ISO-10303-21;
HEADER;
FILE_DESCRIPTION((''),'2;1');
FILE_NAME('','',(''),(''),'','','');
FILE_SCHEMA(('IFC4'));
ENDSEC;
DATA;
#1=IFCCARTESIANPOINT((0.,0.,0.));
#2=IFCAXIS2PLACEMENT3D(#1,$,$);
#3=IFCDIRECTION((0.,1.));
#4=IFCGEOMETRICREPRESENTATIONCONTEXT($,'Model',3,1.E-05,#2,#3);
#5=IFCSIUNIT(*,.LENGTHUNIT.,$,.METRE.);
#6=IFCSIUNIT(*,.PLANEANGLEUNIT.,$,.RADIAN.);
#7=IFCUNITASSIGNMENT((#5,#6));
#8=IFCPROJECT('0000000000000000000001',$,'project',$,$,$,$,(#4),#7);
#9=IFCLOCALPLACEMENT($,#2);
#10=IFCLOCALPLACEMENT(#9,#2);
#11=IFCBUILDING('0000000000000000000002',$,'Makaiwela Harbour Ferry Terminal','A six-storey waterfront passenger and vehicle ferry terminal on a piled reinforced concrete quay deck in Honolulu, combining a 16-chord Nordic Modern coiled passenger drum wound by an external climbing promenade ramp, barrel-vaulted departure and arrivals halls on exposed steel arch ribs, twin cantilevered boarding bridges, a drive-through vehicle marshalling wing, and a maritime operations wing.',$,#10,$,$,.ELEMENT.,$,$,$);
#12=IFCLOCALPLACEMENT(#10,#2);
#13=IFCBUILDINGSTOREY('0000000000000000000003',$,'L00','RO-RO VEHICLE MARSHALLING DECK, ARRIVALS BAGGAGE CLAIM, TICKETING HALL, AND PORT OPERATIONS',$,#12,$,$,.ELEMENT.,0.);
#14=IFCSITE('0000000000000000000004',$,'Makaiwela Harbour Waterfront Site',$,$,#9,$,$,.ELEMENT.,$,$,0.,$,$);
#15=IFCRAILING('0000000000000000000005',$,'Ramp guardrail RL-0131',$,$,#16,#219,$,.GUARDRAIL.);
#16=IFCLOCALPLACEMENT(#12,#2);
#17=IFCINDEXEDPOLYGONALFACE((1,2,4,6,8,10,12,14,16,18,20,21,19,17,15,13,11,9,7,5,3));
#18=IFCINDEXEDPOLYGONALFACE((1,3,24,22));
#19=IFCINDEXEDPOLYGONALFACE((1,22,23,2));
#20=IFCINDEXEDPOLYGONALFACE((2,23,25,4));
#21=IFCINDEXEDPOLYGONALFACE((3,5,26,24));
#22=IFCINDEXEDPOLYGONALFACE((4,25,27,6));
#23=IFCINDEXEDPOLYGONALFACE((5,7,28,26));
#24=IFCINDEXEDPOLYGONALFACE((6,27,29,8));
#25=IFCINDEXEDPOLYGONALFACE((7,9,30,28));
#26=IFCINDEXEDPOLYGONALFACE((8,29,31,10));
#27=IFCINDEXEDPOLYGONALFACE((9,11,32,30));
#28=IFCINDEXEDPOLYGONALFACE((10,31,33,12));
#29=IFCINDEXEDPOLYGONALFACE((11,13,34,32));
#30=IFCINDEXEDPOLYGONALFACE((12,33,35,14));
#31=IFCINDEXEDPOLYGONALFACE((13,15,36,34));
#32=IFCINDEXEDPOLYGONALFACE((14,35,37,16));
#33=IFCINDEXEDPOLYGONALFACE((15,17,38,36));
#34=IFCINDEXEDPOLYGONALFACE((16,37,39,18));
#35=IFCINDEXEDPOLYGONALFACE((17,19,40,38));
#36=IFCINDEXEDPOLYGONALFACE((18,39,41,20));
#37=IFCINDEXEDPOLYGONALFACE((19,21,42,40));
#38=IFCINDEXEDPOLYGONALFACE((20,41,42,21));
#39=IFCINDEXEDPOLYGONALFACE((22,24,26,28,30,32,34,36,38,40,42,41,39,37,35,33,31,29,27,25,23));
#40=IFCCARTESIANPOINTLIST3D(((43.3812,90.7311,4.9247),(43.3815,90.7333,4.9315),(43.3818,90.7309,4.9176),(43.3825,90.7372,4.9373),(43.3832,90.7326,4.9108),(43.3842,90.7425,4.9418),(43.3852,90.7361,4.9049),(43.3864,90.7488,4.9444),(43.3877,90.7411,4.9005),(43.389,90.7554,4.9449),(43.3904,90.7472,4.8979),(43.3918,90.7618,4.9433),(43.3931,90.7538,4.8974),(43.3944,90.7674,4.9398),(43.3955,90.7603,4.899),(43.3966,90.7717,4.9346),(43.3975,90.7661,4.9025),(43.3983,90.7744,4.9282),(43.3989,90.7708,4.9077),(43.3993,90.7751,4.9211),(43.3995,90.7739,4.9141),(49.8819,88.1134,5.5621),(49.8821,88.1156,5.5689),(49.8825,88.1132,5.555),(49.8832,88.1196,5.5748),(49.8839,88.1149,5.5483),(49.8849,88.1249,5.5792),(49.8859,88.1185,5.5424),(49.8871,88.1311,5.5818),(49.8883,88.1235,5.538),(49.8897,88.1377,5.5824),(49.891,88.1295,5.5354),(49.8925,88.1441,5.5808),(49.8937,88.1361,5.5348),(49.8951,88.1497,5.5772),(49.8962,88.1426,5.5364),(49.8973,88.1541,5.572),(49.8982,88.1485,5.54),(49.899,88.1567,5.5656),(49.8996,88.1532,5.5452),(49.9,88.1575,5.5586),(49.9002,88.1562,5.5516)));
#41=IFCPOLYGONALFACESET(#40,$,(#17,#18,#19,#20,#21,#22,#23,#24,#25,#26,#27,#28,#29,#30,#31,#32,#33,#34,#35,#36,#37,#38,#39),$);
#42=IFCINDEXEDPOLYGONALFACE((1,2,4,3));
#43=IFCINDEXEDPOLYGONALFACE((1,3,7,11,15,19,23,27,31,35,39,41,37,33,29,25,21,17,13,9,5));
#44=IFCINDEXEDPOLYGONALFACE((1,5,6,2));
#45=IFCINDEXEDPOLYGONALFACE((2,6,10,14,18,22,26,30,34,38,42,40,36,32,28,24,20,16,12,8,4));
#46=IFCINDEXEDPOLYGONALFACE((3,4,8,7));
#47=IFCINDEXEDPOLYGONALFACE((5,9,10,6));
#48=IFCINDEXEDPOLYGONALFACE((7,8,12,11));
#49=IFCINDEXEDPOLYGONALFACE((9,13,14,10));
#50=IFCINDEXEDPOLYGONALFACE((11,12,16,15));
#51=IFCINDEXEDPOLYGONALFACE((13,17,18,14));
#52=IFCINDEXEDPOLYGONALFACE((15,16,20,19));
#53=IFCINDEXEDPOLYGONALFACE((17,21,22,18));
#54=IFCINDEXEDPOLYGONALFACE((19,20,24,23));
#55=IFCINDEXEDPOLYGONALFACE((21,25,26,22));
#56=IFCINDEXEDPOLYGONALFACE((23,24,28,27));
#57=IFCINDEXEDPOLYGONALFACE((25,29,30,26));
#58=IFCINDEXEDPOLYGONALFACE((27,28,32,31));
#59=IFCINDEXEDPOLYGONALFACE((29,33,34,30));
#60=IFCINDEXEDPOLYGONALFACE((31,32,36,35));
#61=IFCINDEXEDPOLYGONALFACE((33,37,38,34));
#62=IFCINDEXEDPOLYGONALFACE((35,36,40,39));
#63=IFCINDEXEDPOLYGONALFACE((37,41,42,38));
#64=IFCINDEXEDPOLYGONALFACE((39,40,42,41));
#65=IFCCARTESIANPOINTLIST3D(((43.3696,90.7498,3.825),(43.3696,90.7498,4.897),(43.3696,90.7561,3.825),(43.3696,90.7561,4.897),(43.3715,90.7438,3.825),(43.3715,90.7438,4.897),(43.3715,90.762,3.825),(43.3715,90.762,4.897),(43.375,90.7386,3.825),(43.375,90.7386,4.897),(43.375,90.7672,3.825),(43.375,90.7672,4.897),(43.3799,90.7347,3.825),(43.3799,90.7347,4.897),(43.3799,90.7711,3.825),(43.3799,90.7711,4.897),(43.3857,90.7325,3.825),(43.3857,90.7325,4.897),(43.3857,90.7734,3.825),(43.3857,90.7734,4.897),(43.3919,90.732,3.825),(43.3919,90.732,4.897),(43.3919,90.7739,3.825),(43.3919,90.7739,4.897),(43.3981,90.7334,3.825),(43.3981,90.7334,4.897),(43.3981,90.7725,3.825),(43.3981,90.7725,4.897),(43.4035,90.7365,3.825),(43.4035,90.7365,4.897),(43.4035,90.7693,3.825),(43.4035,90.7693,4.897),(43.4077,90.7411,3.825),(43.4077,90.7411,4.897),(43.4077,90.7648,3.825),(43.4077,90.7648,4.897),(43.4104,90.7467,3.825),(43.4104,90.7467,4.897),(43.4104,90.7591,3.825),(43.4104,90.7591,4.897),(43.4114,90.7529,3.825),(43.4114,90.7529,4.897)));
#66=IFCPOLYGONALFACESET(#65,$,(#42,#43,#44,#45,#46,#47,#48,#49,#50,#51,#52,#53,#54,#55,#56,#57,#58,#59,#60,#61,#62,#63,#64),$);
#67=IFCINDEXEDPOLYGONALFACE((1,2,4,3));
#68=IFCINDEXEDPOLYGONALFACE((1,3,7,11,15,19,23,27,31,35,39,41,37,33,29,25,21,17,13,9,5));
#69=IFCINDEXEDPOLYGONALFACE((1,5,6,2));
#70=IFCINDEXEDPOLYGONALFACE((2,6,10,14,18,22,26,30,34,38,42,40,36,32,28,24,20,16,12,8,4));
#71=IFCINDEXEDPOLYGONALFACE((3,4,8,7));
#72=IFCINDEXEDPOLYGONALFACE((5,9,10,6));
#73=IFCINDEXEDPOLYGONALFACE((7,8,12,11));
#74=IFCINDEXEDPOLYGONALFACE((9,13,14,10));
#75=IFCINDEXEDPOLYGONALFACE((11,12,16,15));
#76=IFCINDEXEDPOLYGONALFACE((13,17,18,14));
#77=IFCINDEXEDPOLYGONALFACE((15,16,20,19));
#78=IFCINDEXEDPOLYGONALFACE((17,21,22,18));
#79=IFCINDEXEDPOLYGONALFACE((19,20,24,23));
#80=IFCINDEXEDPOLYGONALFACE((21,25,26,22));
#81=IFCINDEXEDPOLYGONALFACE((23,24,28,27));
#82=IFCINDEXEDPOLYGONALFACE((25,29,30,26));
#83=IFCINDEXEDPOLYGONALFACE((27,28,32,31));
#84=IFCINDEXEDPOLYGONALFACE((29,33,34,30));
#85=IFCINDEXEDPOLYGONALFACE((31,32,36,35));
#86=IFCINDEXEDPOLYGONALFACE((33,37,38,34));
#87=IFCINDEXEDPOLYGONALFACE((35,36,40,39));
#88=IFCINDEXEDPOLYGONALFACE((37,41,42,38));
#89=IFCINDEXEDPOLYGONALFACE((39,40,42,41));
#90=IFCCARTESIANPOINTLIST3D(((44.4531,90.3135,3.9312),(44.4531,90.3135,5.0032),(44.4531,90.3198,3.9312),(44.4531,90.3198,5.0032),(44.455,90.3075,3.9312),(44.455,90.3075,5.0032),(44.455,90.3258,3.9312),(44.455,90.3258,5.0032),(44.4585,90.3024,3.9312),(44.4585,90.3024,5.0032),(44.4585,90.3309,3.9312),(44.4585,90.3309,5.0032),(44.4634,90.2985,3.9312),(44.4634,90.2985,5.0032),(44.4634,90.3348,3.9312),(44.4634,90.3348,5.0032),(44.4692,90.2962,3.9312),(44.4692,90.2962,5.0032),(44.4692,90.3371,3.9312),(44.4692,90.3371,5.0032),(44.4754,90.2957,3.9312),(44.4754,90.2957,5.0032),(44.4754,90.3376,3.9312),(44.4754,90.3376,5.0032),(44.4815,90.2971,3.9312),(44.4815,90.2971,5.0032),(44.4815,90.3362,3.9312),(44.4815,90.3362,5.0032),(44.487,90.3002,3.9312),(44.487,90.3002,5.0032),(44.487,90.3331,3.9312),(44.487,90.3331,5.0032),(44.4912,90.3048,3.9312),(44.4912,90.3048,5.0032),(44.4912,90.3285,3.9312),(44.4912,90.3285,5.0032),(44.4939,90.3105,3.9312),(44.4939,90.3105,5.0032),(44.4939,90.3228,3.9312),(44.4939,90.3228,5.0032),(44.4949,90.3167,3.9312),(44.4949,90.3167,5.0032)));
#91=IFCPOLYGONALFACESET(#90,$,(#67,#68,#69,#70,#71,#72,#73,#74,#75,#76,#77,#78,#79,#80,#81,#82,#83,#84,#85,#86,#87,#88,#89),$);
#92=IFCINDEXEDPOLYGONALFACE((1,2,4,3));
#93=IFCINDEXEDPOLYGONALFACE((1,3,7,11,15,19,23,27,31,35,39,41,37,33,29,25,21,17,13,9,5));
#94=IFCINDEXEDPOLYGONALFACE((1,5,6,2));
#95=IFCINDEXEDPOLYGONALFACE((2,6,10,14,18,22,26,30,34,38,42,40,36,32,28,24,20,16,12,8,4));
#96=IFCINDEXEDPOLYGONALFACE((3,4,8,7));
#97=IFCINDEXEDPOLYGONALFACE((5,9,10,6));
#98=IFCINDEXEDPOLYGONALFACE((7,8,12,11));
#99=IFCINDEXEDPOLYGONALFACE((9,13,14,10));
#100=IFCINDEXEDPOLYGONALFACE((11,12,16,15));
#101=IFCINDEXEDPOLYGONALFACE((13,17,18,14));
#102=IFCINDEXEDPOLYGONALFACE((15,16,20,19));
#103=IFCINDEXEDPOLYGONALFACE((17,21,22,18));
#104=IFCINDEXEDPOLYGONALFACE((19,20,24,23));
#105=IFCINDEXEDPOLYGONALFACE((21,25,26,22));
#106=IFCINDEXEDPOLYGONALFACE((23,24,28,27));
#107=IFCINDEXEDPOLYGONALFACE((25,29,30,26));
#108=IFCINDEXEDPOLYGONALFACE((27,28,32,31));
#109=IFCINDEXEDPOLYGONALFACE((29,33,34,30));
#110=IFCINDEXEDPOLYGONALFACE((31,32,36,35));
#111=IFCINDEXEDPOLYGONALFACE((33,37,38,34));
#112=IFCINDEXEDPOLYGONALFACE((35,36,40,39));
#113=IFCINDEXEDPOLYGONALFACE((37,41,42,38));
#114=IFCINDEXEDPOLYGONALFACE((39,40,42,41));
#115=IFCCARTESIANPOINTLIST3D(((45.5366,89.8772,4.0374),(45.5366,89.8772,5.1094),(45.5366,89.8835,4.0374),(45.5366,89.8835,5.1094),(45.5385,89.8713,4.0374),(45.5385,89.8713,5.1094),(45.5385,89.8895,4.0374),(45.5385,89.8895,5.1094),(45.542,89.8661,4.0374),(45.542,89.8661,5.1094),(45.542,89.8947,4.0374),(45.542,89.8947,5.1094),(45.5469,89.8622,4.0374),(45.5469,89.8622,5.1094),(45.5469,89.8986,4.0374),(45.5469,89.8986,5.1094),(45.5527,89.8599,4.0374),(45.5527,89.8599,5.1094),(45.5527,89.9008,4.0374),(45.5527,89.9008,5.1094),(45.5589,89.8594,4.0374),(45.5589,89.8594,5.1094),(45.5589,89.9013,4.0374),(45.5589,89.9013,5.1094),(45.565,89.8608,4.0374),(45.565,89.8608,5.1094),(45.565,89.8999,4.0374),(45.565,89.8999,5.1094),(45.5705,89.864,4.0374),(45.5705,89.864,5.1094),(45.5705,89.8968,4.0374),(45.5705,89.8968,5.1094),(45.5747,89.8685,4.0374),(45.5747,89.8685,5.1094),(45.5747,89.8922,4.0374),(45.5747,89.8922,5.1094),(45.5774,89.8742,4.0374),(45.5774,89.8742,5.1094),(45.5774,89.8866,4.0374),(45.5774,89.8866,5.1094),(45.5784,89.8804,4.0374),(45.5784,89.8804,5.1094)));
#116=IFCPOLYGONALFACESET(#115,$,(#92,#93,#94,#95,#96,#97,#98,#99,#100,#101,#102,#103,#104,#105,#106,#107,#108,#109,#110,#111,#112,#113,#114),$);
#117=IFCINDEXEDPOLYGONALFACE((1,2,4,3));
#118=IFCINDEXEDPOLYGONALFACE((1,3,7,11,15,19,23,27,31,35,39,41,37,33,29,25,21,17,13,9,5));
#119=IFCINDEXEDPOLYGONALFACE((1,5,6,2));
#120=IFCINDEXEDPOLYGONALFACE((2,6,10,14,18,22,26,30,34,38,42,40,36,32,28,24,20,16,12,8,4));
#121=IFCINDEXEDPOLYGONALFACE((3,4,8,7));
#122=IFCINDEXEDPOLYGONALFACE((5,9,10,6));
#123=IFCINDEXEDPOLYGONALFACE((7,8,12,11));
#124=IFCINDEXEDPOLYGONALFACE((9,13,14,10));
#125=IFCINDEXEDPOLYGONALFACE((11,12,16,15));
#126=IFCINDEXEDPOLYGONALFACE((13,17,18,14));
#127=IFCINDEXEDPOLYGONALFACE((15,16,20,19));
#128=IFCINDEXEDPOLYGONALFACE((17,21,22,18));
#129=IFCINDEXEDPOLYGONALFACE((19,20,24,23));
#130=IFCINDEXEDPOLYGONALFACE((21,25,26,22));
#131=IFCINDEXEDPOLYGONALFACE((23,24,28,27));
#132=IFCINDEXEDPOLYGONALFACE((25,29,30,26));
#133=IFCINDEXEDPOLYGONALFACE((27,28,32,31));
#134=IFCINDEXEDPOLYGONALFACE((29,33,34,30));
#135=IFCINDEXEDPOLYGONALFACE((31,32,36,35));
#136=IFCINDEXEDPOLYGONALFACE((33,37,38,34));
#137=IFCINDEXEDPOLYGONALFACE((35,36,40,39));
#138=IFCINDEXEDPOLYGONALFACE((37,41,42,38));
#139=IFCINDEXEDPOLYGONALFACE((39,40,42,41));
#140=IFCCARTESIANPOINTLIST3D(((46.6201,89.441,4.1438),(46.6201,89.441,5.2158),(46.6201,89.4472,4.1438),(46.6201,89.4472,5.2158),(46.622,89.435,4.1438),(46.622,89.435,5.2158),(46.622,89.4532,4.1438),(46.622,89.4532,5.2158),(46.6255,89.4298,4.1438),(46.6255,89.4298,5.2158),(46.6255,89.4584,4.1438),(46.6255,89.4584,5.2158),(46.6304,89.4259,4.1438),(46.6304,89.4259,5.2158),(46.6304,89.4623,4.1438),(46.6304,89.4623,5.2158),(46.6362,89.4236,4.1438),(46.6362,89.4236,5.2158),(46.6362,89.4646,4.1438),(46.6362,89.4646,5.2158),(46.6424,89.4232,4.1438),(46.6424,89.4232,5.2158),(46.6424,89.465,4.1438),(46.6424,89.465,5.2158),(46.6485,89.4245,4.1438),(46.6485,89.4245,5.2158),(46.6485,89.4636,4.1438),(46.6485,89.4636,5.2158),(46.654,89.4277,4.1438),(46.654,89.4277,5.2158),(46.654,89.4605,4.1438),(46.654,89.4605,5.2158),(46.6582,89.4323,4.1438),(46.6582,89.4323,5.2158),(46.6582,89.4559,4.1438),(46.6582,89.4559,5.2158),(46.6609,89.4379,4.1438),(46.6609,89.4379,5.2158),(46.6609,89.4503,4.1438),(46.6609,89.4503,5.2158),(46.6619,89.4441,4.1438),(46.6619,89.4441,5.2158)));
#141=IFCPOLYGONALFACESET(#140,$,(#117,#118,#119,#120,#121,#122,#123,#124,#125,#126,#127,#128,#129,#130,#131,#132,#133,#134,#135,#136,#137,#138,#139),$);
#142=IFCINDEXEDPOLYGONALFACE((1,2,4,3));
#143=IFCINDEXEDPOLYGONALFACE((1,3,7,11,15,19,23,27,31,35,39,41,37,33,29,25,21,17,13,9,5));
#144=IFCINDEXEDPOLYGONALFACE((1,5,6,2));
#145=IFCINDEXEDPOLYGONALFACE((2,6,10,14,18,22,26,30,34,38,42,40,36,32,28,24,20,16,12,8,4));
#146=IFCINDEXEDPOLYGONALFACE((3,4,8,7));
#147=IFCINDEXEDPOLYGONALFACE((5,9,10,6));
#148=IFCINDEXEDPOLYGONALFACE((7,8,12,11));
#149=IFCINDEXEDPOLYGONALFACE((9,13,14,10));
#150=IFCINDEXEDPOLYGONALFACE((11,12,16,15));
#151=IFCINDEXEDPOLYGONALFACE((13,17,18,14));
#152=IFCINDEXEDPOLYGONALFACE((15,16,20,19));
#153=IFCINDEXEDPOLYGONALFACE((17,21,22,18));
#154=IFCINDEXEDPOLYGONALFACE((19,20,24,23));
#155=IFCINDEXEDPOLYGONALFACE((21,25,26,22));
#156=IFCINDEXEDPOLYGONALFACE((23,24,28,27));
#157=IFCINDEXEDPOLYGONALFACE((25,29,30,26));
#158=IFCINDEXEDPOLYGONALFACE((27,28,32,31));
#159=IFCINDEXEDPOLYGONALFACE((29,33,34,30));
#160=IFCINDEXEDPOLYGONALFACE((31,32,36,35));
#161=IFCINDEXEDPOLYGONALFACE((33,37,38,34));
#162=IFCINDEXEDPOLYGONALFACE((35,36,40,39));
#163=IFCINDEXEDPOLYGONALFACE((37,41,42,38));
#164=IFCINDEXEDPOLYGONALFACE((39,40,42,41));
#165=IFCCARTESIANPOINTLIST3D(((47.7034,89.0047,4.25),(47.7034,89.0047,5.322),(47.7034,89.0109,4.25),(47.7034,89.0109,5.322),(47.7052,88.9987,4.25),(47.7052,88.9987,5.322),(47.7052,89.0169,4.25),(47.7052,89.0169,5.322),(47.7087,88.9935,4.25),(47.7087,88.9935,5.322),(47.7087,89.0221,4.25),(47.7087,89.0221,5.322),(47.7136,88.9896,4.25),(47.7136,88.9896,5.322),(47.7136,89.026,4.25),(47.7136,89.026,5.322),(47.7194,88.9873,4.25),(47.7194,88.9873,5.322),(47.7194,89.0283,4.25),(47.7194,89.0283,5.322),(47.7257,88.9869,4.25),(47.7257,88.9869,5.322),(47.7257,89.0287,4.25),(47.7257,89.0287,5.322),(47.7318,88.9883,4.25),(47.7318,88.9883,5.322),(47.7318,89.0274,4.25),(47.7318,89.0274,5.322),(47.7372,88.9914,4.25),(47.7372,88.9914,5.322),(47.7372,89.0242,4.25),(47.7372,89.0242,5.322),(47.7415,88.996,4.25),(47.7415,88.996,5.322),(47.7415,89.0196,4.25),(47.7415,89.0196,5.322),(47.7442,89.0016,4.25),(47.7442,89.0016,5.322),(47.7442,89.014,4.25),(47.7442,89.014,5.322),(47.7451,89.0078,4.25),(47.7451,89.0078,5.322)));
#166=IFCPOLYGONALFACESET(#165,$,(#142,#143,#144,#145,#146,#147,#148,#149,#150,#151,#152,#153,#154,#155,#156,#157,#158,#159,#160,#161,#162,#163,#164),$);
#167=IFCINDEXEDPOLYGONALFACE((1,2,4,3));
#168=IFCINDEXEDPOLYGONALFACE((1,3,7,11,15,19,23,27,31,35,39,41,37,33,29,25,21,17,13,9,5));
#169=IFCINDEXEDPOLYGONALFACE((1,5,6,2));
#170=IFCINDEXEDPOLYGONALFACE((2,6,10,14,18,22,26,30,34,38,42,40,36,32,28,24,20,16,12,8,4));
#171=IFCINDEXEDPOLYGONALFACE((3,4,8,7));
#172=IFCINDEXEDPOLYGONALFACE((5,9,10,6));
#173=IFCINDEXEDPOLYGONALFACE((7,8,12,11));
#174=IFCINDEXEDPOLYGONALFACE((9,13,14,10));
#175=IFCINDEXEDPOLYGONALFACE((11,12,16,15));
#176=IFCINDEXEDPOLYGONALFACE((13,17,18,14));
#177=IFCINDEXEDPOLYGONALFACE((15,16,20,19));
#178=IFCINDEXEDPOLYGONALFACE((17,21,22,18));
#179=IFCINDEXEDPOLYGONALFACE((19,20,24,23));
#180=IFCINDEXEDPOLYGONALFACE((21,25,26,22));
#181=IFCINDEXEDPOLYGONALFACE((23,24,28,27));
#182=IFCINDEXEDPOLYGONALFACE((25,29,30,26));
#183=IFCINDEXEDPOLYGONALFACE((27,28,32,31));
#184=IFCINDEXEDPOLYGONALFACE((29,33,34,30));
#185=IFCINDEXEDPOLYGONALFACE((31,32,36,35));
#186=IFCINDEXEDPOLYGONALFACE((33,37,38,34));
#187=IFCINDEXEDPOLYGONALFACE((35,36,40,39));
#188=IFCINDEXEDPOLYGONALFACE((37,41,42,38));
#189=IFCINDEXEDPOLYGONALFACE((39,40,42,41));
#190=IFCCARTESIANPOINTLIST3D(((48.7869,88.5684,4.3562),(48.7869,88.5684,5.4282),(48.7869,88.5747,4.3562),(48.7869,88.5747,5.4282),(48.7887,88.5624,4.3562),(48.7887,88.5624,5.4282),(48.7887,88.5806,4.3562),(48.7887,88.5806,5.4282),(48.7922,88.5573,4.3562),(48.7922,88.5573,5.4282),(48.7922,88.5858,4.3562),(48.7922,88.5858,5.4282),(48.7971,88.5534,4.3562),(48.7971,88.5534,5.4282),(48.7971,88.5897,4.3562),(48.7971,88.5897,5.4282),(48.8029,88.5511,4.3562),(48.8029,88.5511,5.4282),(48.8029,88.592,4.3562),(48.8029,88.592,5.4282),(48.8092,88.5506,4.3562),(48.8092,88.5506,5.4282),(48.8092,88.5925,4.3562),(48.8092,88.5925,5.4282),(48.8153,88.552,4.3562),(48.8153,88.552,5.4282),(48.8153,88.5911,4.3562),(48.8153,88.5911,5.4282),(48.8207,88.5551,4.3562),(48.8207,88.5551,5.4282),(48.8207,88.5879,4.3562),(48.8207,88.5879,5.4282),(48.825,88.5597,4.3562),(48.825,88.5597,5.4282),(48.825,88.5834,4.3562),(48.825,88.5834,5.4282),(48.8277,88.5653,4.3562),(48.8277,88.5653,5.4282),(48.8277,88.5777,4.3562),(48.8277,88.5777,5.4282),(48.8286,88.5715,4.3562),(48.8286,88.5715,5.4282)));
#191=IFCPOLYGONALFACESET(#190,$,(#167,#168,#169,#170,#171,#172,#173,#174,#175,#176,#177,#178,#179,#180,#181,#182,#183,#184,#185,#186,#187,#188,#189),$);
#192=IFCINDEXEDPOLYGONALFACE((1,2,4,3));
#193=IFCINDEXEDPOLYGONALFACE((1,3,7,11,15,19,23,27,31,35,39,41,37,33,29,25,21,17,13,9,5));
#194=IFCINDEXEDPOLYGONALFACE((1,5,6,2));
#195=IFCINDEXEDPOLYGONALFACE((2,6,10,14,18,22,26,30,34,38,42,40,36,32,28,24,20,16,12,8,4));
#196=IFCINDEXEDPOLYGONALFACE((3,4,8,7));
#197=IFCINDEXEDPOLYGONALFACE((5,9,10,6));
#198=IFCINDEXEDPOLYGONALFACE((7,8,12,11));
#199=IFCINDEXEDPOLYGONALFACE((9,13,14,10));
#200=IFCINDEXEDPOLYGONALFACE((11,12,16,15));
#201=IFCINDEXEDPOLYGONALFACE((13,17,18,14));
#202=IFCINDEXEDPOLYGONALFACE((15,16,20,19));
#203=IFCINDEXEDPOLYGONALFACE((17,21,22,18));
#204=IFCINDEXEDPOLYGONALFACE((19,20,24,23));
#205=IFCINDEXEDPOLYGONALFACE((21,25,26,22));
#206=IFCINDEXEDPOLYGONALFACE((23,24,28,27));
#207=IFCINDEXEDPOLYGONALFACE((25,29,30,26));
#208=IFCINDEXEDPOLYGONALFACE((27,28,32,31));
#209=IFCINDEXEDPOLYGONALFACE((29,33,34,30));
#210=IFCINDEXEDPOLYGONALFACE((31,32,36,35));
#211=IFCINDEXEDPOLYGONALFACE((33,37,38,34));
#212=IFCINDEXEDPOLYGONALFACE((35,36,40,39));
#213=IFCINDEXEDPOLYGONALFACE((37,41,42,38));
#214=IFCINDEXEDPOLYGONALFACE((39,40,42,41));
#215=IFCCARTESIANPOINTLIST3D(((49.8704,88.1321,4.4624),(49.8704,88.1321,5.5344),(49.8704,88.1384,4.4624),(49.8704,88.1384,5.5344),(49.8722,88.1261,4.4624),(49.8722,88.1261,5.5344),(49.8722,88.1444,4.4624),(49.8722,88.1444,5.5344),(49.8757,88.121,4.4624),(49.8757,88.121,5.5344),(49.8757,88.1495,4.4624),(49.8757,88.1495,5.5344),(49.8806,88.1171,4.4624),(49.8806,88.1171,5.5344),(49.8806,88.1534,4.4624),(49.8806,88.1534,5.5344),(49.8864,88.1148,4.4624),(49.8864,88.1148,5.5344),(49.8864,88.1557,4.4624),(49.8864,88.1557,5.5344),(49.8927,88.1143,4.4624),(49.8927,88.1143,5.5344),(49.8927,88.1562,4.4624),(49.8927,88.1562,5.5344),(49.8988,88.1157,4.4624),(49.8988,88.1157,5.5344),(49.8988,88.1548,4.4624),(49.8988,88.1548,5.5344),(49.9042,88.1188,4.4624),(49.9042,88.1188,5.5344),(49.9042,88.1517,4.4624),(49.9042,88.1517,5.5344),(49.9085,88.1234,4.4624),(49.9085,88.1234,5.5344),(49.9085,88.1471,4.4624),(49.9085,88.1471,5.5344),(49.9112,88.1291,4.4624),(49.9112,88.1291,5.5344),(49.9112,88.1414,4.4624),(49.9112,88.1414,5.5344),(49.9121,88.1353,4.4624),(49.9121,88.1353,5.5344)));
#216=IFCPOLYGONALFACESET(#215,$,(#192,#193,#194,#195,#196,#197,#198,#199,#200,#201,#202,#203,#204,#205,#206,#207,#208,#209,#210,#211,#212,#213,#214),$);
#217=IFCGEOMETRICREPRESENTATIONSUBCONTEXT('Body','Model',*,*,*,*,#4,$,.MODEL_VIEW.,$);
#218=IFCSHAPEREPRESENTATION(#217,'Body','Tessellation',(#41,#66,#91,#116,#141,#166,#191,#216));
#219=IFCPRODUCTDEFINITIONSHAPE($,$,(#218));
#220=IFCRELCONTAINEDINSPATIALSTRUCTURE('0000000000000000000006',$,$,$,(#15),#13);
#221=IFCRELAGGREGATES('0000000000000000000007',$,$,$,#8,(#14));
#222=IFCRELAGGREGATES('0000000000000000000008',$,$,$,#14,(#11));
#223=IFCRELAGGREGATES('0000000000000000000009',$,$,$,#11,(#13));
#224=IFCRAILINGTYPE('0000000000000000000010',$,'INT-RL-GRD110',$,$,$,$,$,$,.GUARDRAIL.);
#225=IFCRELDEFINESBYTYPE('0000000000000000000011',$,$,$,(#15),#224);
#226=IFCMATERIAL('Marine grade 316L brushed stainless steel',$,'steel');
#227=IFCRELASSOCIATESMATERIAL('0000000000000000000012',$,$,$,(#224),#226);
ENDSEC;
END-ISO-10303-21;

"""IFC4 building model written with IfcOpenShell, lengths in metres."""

from ifc_helpers import new_model, si_unit, direction, frame, origin, origin_2d, place, context, subcontext, project, spatial, circle, extrude, material, type_object, element, save


model = new_model("IFC4")

# Units and contexts
model_context = context("Model", 3, precision=1e-05, world=origin(), true_north=direction((0.0, 1.0)))
body_context = subcontext(model_context, "Body", "Model", "MODEL_VIEW")
ifc_project = project(units=[si_unit("LENGTHUNIT", "METRE"), si_unit("PLANEANGLEUNIT", "RADIAN")], contexts=[model_context])

# Site, building, storey
site_placement = place(None, origin())
site = spatial("IfcSite", under=ifc_project, at=site_placement, Name="Makaiwela Harbour Waterfront Site", CompositionType="ELEMENT", RefElevation=0.0)
building_placement = place(site_placement, origin())
building = spatial("IfcBuilding", under=site, at=building_placement, Name="Makaiwela Harbour Ferry Terminal", Description="A six-storey waterfront passenger and vehicle ferry terminal on a piled reinforced concrete quay deck in Honolulu, combining a 16-chord Nordic Modern coiled passenger drum wound by an external climbing promenade ramp, barrel-vaulted departure and arrivals halls on exposed steel arch ribs, twin cantilevered boarding bridges, a drive-through vehicle marshalling wing, and a maritime operations wing.", CompositionType="ELEMENT")
storey_placement = place(building_placement, origin())
storey = spatial("IfcBuildingStorey", under=building, at=storey_placement, Name="L00", Description="RO-RO VEHICLE MARSHALLING DECK, ARRIVALS BAGGAGE CLAIM, TICKETING HALL, AND PORT OPERATIONS", CompositionType="ELEMENT", Elevation=0.0)

# Railing
ifc_material_1 = material(Name="Marine grade 316L brushed stainless steel", Category="steel")
railing_type_1 = type_object("IfcRailingType", Name="INT-RL-GRD110", PredefinedType="GUARDRAIL", material=ifc_material_1)
railing_1_placement = place(storey_placement, frame((43.3904, 90.7529, 3.825)))
element("IfcRailing", 1, at=railing_1_placement, inside=storey, type_object=railing_type_1, Name="Ramp guardrail RL-0131", PredefinedType="GUARDRAIL", context=body_context, shape_type="SweptSolid", body=[
    extrude(circle(Radius=0.0239, at=origin_2d()), frame((0.0, 0.0, 1.0962), z_axis=(0.923805, -0.371992, 0.090587), x_axis=(0.373528, 0.927619, 0.0)), (0.0, 0.0, 1.0), 7.0369),
    extrude(circle(Radius=0.021, at=origin_2d()), origin(), (0.0, 0.0, 1.0), 1.072),
    extrude(circle(Radius=0.021, at=origin_2d()), frame((1.0835, -0.4363, 0.1062)), (0.0, 0.0, 1.0), 1.072),
    extrude(circle(Radius=0.021, at=origin_2d()), frame((2.167, -0.8726, 0.2124)), (0.0, 0.0, 1.0), 1.072),
    extrude(circle(Radius=0.021, at=origin_2d()), frame((3.2505, -1.3088, 0.3188)), (0.0, 0.0, 1.0), 1.072),
    extrude(circle(Radius=0.021, at=origin_2d()), frame((4.3337, -1.7451, 0.425)), (0.0, 0.0, 1.0), 1.072),
    extrude(circle(Radius=0.021, at=origin_2d()), frame((5.4172, -2.1814, 0.5312)), (0.0, 0.0, 1.0), 1.072),
    extrude(circle(Radius=0.021, at=origin_2d()), frame((6.5007, -2.6177, 0.6375)), (0.0, 0.0, 1.0), 1.072),
])

save(model, "model.ifc")
